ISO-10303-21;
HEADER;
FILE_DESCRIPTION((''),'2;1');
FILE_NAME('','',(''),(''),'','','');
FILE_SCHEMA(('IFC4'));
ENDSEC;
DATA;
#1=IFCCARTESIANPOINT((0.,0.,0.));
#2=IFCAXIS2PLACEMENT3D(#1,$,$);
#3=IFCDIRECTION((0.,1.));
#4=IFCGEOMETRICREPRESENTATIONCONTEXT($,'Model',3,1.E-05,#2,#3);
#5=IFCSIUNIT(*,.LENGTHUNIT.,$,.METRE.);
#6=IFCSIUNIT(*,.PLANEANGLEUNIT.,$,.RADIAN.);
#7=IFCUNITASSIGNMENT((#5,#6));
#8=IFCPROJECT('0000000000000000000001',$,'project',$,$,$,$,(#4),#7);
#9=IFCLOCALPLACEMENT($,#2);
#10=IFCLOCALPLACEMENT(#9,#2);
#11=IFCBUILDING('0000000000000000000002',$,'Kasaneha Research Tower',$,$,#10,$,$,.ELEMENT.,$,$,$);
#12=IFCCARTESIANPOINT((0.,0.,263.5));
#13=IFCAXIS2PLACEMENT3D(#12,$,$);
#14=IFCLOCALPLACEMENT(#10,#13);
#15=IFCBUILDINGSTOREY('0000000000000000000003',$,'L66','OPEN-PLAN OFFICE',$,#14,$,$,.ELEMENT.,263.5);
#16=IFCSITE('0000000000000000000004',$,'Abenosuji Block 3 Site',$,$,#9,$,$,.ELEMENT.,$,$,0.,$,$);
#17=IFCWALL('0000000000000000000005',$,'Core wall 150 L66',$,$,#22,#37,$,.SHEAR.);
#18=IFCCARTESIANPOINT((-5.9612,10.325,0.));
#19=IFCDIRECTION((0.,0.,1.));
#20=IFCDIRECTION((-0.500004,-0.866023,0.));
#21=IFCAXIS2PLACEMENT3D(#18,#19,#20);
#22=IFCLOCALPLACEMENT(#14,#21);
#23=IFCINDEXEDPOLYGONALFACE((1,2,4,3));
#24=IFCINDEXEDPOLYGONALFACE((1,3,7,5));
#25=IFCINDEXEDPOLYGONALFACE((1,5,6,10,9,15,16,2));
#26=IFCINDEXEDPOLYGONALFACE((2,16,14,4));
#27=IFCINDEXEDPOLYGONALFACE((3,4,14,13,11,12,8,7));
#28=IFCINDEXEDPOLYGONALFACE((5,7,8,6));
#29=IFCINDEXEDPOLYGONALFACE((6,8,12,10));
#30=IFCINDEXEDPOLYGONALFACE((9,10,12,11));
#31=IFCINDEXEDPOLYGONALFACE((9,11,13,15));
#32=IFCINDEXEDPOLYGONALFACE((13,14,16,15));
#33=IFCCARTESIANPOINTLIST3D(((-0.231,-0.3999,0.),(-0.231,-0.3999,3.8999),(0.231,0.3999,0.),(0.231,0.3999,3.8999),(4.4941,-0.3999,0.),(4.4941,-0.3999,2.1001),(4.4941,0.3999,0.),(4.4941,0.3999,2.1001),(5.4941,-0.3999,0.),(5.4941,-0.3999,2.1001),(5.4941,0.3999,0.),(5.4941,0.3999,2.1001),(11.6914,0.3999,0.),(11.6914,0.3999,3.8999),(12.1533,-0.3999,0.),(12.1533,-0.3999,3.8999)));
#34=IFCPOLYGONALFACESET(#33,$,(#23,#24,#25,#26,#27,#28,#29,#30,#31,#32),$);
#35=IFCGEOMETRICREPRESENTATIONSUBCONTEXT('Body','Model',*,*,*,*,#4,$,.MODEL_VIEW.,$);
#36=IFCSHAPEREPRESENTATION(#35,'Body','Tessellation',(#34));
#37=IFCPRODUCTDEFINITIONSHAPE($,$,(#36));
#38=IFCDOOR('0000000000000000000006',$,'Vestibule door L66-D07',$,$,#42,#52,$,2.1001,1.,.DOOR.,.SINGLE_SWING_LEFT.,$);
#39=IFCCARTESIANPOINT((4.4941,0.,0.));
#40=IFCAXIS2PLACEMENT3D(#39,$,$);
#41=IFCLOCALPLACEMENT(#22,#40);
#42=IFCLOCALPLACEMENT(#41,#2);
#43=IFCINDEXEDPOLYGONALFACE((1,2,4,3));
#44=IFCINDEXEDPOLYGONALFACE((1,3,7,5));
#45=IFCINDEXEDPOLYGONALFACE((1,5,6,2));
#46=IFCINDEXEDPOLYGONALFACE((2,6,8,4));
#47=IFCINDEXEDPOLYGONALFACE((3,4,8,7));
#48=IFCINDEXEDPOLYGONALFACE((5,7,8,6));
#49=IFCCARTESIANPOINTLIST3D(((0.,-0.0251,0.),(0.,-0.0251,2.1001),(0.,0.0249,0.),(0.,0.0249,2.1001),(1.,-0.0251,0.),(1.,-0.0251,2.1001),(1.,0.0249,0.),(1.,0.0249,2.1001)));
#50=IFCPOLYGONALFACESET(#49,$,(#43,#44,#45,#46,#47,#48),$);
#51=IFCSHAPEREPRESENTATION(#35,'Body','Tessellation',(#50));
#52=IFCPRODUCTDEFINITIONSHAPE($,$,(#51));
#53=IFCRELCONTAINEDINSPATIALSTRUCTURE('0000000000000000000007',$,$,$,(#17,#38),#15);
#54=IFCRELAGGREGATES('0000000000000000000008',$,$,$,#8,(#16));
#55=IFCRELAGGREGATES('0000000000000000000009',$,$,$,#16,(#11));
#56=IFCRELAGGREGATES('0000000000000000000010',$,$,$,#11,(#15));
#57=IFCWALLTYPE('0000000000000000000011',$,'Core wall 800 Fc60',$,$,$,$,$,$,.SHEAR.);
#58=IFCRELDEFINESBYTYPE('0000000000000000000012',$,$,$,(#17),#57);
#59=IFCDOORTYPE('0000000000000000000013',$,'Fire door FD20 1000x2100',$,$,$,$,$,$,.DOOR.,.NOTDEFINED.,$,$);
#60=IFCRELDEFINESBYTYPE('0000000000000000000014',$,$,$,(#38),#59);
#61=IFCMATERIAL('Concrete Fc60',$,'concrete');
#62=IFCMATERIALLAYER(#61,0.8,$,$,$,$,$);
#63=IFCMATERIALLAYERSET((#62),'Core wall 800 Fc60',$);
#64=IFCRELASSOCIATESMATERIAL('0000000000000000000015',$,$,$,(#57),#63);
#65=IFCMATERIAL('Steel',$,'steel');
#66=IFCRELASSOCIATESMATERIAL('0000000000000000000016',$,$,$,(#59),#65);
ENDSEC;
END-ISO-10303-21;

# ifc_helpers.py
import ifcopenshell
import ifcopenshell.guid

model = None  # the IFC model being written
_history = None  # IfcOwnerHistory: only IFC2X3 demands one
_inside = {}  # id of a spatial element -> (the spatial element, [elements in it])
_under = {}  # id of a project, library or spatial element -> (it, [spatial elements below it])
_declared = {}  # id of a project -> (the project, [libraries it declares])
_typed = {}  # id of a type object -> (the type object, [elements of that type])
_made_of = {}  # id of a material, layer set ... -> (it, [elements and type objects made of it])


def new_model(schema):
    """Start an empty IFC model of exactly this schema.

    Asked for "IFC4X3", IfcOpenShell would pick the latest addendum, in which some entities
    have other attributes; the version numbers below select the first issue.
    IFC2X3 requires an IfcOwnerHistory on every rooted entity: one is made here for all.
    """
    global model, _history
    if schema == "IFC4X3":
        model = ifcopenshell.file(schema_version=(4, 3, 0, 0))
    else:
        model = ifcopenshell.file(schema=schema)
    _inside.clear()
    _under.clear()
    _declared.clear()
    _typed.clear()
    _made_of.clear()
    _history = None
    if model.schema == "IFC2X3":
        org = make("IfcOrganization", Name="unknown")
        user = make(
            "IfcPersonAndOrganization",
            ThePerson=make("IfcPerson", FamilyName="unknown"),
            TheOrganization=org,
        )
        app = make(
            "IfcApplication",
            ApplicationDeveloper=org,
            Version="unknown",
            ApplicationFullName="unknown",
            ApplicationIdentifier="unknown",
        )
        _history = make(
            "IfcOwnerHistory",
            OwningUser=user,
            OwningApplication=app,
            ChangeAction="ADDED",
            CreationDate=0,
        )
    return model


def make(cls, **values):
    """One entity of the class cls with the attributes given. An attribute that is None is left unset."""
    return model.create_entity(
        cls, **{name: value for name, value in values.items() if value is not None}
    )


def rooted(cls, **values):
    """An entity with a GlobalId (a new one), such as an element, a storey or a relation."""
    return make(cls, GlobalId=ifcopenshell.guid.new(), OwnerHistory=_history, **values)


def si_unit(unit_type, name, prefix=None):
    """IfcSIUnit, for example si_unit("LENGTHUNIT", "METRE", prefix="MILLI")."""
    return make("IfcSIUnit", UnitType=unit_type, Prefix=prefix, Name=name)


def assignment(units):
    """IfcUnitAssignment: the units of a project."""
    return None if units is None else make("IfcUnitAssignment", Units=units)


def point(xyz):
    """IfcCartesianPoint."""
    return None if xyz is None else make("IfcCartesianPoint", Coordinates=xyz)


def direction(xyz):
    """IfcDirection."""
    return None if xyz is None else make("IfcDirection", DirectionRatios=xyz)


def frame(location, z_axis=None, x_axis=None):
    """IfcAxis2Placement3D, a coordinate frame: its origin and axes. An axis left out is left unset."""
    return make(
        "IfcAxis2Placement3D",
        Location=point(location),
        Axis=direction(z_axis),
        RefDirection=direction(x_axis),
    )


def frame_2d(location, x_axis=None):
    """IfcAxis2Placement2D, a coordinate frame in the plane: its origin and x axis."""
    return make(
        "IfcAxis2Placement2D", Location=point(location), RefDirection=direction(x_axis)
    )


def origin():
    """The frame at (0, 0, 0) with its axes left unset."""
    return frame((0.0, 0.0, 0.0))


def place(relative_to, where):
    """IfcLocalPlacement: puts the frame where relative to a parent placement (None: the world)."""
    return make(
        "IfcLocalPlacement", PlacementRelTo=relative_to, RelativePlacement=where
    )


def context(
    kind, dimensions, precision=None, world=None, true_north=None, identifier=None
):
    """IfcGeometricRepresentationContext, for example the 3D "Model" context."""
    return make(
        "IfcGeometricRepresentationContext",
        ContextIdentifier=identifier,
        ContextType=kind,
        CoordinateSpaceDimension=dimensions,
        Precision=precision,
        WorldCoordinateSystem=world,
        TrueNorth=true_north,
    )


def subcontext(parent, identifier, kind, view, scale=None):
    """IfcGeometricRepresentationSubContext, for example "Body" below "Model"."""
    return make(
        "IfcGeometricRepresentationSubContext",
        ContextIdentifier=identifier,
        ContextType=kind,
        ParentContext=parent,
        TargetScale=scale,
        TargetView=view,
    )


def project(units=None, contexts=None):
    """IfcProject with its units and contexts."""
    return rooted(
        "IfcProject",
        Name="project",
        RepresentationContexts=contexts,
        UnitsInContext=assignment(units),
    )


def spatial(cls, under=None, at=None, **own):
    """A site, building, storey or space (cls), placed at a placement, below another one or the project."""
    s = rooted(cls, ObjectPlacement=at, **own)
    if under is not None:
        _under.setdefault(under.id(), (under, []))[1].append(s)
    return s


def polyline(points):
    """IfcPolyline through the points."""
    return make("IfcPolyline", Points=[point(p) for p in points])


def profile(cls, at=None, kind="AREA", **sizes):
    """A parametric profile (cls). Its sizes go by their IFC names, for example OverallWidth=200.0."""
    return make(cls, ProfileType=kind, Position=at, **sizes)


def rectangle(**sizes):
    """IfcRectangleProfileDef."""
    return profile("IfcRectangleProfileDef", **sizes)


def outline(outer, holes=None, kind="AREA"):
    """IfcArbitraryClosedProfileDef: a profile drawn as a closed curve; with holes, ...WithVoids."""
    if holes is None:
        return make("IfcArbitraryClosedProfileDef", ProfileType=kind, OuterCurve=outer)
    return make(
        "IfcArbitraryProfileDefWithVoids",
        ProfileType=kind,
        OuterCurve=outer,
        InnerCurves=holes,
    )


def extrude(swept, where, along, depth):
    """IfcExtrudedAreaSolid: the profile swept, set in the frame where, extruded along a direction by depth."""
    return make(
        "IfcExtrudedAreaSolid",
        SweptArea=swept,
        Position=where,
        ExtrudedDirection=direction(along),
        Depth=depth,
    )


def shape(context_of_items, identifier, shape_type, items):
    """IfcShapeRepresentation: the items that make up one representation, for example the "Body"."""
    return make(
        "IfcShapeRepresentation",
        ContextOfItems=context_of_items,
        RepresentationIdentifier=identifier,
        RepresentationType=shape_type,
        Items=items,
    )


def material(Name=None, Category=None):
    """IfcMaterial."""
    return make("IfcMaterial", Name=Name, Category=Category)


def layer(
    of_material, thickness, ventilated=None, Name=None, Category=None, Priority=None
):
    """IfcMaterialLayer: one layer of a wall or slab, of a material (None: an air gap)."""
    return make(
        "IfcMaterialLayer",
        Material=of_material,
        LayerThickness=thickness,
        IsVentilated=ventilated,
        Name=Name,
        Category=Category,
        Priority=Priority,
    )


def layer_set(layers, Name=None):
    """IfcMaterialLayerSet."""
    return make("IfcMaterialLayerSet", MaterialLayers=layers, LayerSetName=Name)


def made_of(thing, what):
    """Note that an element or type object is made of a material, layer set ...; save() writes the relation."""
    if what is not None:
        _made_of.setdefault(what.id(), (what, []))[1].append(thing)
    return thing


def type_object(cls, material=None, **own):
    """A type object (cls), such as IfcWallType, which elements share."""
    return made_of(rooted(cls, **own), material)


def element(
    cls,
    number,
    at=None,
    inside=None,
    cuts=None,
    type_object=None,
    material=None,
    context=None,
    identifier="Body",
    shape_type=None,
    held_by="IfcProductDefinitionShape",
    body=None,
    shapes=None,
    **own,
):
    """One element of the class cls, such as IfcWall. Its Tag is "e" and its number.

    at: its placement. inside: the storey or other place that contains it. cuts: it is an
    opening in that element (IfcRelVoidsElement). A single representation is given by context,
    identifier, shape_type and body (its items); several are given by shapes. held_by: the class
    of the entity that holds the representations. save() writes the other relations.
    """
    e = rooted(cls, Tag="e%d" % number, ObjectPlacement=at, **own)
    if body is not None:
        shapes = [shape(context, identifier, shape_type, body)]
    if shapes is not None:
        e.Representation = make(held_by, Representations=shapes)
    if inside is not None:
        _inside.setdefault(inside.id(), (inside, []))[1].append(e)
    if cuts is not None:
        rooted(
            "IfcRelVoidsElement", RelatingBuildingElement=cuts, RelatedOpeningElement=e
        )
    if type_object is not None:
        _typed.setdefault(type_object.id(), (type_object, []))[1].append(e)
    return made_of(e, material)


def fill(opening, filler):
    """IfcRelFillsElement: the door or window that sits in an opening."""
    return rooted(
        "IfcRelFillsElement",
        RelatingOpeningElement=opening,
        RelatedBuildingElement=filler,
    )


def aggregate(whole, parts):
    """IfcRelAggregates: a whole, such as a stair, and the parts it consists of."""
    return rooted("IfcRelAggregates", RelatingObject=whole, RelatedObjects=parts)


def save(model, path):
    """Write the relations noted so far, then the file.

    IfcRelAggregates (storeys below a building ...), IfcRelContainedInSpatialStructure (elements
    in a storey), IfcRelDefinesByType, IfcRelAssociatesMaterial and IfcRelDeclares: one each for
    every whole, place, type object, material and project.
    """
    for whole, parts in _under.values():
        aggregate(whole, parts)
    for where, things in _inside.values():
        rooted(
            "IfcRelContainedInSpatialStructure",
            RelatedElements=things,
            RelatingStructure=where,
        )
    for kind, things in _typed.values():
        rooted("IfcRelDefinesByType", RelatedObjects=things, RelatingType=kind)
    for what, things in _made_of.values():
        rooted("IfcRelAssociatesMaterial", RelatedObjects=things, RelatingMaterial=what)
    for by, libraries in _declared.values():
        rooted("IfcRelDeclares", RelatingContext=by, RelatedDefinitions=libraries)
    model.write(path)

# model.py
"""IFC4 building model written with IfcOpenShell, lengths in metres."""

from ifc_helpers import new_model, si_unit, direction, frame, frame_2d, origin, place, context, subcontext, project, spatial, polyline, rectangle, outline, extrude, material, layer, layer_set, type_object, element, fill, save


model = new_model("IFC4")

# Units and contexts
model_context = context("Model", 3, precision=1e-05, world=origin(), true_north=direction((0.0, 1.0)))
body_context = subcontext(model_context, "Body", "Model", "MODEL_VIEW")
ifc_project = project(units=[si_unit("LENGTHUNIT", "METRE"), si_unit("PLANEANGLEUNIT", "RADIAN")], contexts=[model_context])

# Site, building, storey
site_placement = place(None, origin())
site = spatial("IfcSite", under=ifc_project, at=site_placement, Name="Abenosuji Block 3 Site", CompositionType="ELEMENT", RefElevation=0.0)
building_placement = place(site_placement, origin())
building = spatial("IfcBuilding", under=site, at=building_placement, Name="Kasaneha Research Tower", CompositionType="ELEMENT")
storey_placement = place(building_placement, frame((0.0, 0.0, 263.5)))
storey = spatial("IfcBuildingStorey", under=building, at=storey_placement, Name="L66", Description="OPEN-PLAN OFFICE", CompositionType="ELEMENT", Elevation=263.5)

# Wall, opening, door
ifc_material_1 = material(Name="Concrete Fc60", Category="concrete")
ifc_layer_1 = layer(ifc_material_1, 0.8)
ifc_layer_set_1 = layer_set([ifc_layer_1], Name="Core wall 800 Fc60")
wall_type_1 = type_object("IfcWallType", Name="Core wall 800 Fc60", PredefinedType="SHEAR", material=ifc_layer_set_1)
wall_1_placement = place(storey_placement, frame((-5.9612, 10.325, 0.0), z_axis=(0.0, 0.0, 1.0), x_axis=(-0.500004, -0.866023, 0.0)))
wall_1 = element("IfcWall", 1, at=wall_1_placement, inside=storey, type_object=wall_type_1, Name="Core wall 150 L66", PredefinedType="SHEAR", context=body_context, shape_type="SweptSolid", body=[
    extrude(outline(polyline([(-0.231, -0.3999), (4.4941, -0.3999), (5.4941, -0.3999), (12.1533, -0.3999), (11.6914, 0.3999), (5.4941, 0.3999), (4.4941, 0.3999), (0.231, 0.3999), (-0.231, -0.3999)])), origin(), (0.0, 0.0, 1.0), 3.8999),
])
opening_1_placement = place(wall_1_placement, frame((4.4941, 0.0, 0.0)))
opening_1 = element("IfcOpeningElement", 2, at=opening_1_placement, cuts=wall_1, PredefinedType="OPENING", context=body_context, shape_type="SweptSolid", body=[
    extrude(rectangle(XDim=1.0, YDim=2.1001, at=frame_2d((0.5, 1.05))), frame((0.0, 0.4102, 0.0), z_axis=(0.0, -1.0, 0.0), x_axis=(1.0, 0.0, 0.0)), (0.0, 0.0, 1.0), 0.8201),
])
ifc_material_2 = material(Name="Steel", Category="steel")
door_type_1 = type_object("IfcDoorType", Name="Fire door FD20 1000x2100", OperationType="NOTDEFINED", PredefinedType="DOOR", material=ifc_material_2)
door_1_placement = place(opening_1_placement, origin())
door_1 = element("IfcDoor", 3, at=door_1_placement, inside=storey, type_object=door_type_1, Name="Vestibule door L66-D07", OperationType="SINGLE_SWING_LEFT", OverallHeight=2.1001, OverallWidth=1.0, PredefinedType="DOOR", context=body_context, shape_type="SweptSolid", body=[
    extrude(rectangle(XDim=1.0, YDim=2.1001, at=frame_2d((0.5, 1.05))), frame((0.0, 0.0249, 0.0), z_axis=(0.0, -1.0, 0.0), x_axis=(1.0, 0.0, 0.0)), (0.0, 0.0, 1.0), 0.05),
])
fill(opening_1, door_1)

save(model, "model.ifc")
